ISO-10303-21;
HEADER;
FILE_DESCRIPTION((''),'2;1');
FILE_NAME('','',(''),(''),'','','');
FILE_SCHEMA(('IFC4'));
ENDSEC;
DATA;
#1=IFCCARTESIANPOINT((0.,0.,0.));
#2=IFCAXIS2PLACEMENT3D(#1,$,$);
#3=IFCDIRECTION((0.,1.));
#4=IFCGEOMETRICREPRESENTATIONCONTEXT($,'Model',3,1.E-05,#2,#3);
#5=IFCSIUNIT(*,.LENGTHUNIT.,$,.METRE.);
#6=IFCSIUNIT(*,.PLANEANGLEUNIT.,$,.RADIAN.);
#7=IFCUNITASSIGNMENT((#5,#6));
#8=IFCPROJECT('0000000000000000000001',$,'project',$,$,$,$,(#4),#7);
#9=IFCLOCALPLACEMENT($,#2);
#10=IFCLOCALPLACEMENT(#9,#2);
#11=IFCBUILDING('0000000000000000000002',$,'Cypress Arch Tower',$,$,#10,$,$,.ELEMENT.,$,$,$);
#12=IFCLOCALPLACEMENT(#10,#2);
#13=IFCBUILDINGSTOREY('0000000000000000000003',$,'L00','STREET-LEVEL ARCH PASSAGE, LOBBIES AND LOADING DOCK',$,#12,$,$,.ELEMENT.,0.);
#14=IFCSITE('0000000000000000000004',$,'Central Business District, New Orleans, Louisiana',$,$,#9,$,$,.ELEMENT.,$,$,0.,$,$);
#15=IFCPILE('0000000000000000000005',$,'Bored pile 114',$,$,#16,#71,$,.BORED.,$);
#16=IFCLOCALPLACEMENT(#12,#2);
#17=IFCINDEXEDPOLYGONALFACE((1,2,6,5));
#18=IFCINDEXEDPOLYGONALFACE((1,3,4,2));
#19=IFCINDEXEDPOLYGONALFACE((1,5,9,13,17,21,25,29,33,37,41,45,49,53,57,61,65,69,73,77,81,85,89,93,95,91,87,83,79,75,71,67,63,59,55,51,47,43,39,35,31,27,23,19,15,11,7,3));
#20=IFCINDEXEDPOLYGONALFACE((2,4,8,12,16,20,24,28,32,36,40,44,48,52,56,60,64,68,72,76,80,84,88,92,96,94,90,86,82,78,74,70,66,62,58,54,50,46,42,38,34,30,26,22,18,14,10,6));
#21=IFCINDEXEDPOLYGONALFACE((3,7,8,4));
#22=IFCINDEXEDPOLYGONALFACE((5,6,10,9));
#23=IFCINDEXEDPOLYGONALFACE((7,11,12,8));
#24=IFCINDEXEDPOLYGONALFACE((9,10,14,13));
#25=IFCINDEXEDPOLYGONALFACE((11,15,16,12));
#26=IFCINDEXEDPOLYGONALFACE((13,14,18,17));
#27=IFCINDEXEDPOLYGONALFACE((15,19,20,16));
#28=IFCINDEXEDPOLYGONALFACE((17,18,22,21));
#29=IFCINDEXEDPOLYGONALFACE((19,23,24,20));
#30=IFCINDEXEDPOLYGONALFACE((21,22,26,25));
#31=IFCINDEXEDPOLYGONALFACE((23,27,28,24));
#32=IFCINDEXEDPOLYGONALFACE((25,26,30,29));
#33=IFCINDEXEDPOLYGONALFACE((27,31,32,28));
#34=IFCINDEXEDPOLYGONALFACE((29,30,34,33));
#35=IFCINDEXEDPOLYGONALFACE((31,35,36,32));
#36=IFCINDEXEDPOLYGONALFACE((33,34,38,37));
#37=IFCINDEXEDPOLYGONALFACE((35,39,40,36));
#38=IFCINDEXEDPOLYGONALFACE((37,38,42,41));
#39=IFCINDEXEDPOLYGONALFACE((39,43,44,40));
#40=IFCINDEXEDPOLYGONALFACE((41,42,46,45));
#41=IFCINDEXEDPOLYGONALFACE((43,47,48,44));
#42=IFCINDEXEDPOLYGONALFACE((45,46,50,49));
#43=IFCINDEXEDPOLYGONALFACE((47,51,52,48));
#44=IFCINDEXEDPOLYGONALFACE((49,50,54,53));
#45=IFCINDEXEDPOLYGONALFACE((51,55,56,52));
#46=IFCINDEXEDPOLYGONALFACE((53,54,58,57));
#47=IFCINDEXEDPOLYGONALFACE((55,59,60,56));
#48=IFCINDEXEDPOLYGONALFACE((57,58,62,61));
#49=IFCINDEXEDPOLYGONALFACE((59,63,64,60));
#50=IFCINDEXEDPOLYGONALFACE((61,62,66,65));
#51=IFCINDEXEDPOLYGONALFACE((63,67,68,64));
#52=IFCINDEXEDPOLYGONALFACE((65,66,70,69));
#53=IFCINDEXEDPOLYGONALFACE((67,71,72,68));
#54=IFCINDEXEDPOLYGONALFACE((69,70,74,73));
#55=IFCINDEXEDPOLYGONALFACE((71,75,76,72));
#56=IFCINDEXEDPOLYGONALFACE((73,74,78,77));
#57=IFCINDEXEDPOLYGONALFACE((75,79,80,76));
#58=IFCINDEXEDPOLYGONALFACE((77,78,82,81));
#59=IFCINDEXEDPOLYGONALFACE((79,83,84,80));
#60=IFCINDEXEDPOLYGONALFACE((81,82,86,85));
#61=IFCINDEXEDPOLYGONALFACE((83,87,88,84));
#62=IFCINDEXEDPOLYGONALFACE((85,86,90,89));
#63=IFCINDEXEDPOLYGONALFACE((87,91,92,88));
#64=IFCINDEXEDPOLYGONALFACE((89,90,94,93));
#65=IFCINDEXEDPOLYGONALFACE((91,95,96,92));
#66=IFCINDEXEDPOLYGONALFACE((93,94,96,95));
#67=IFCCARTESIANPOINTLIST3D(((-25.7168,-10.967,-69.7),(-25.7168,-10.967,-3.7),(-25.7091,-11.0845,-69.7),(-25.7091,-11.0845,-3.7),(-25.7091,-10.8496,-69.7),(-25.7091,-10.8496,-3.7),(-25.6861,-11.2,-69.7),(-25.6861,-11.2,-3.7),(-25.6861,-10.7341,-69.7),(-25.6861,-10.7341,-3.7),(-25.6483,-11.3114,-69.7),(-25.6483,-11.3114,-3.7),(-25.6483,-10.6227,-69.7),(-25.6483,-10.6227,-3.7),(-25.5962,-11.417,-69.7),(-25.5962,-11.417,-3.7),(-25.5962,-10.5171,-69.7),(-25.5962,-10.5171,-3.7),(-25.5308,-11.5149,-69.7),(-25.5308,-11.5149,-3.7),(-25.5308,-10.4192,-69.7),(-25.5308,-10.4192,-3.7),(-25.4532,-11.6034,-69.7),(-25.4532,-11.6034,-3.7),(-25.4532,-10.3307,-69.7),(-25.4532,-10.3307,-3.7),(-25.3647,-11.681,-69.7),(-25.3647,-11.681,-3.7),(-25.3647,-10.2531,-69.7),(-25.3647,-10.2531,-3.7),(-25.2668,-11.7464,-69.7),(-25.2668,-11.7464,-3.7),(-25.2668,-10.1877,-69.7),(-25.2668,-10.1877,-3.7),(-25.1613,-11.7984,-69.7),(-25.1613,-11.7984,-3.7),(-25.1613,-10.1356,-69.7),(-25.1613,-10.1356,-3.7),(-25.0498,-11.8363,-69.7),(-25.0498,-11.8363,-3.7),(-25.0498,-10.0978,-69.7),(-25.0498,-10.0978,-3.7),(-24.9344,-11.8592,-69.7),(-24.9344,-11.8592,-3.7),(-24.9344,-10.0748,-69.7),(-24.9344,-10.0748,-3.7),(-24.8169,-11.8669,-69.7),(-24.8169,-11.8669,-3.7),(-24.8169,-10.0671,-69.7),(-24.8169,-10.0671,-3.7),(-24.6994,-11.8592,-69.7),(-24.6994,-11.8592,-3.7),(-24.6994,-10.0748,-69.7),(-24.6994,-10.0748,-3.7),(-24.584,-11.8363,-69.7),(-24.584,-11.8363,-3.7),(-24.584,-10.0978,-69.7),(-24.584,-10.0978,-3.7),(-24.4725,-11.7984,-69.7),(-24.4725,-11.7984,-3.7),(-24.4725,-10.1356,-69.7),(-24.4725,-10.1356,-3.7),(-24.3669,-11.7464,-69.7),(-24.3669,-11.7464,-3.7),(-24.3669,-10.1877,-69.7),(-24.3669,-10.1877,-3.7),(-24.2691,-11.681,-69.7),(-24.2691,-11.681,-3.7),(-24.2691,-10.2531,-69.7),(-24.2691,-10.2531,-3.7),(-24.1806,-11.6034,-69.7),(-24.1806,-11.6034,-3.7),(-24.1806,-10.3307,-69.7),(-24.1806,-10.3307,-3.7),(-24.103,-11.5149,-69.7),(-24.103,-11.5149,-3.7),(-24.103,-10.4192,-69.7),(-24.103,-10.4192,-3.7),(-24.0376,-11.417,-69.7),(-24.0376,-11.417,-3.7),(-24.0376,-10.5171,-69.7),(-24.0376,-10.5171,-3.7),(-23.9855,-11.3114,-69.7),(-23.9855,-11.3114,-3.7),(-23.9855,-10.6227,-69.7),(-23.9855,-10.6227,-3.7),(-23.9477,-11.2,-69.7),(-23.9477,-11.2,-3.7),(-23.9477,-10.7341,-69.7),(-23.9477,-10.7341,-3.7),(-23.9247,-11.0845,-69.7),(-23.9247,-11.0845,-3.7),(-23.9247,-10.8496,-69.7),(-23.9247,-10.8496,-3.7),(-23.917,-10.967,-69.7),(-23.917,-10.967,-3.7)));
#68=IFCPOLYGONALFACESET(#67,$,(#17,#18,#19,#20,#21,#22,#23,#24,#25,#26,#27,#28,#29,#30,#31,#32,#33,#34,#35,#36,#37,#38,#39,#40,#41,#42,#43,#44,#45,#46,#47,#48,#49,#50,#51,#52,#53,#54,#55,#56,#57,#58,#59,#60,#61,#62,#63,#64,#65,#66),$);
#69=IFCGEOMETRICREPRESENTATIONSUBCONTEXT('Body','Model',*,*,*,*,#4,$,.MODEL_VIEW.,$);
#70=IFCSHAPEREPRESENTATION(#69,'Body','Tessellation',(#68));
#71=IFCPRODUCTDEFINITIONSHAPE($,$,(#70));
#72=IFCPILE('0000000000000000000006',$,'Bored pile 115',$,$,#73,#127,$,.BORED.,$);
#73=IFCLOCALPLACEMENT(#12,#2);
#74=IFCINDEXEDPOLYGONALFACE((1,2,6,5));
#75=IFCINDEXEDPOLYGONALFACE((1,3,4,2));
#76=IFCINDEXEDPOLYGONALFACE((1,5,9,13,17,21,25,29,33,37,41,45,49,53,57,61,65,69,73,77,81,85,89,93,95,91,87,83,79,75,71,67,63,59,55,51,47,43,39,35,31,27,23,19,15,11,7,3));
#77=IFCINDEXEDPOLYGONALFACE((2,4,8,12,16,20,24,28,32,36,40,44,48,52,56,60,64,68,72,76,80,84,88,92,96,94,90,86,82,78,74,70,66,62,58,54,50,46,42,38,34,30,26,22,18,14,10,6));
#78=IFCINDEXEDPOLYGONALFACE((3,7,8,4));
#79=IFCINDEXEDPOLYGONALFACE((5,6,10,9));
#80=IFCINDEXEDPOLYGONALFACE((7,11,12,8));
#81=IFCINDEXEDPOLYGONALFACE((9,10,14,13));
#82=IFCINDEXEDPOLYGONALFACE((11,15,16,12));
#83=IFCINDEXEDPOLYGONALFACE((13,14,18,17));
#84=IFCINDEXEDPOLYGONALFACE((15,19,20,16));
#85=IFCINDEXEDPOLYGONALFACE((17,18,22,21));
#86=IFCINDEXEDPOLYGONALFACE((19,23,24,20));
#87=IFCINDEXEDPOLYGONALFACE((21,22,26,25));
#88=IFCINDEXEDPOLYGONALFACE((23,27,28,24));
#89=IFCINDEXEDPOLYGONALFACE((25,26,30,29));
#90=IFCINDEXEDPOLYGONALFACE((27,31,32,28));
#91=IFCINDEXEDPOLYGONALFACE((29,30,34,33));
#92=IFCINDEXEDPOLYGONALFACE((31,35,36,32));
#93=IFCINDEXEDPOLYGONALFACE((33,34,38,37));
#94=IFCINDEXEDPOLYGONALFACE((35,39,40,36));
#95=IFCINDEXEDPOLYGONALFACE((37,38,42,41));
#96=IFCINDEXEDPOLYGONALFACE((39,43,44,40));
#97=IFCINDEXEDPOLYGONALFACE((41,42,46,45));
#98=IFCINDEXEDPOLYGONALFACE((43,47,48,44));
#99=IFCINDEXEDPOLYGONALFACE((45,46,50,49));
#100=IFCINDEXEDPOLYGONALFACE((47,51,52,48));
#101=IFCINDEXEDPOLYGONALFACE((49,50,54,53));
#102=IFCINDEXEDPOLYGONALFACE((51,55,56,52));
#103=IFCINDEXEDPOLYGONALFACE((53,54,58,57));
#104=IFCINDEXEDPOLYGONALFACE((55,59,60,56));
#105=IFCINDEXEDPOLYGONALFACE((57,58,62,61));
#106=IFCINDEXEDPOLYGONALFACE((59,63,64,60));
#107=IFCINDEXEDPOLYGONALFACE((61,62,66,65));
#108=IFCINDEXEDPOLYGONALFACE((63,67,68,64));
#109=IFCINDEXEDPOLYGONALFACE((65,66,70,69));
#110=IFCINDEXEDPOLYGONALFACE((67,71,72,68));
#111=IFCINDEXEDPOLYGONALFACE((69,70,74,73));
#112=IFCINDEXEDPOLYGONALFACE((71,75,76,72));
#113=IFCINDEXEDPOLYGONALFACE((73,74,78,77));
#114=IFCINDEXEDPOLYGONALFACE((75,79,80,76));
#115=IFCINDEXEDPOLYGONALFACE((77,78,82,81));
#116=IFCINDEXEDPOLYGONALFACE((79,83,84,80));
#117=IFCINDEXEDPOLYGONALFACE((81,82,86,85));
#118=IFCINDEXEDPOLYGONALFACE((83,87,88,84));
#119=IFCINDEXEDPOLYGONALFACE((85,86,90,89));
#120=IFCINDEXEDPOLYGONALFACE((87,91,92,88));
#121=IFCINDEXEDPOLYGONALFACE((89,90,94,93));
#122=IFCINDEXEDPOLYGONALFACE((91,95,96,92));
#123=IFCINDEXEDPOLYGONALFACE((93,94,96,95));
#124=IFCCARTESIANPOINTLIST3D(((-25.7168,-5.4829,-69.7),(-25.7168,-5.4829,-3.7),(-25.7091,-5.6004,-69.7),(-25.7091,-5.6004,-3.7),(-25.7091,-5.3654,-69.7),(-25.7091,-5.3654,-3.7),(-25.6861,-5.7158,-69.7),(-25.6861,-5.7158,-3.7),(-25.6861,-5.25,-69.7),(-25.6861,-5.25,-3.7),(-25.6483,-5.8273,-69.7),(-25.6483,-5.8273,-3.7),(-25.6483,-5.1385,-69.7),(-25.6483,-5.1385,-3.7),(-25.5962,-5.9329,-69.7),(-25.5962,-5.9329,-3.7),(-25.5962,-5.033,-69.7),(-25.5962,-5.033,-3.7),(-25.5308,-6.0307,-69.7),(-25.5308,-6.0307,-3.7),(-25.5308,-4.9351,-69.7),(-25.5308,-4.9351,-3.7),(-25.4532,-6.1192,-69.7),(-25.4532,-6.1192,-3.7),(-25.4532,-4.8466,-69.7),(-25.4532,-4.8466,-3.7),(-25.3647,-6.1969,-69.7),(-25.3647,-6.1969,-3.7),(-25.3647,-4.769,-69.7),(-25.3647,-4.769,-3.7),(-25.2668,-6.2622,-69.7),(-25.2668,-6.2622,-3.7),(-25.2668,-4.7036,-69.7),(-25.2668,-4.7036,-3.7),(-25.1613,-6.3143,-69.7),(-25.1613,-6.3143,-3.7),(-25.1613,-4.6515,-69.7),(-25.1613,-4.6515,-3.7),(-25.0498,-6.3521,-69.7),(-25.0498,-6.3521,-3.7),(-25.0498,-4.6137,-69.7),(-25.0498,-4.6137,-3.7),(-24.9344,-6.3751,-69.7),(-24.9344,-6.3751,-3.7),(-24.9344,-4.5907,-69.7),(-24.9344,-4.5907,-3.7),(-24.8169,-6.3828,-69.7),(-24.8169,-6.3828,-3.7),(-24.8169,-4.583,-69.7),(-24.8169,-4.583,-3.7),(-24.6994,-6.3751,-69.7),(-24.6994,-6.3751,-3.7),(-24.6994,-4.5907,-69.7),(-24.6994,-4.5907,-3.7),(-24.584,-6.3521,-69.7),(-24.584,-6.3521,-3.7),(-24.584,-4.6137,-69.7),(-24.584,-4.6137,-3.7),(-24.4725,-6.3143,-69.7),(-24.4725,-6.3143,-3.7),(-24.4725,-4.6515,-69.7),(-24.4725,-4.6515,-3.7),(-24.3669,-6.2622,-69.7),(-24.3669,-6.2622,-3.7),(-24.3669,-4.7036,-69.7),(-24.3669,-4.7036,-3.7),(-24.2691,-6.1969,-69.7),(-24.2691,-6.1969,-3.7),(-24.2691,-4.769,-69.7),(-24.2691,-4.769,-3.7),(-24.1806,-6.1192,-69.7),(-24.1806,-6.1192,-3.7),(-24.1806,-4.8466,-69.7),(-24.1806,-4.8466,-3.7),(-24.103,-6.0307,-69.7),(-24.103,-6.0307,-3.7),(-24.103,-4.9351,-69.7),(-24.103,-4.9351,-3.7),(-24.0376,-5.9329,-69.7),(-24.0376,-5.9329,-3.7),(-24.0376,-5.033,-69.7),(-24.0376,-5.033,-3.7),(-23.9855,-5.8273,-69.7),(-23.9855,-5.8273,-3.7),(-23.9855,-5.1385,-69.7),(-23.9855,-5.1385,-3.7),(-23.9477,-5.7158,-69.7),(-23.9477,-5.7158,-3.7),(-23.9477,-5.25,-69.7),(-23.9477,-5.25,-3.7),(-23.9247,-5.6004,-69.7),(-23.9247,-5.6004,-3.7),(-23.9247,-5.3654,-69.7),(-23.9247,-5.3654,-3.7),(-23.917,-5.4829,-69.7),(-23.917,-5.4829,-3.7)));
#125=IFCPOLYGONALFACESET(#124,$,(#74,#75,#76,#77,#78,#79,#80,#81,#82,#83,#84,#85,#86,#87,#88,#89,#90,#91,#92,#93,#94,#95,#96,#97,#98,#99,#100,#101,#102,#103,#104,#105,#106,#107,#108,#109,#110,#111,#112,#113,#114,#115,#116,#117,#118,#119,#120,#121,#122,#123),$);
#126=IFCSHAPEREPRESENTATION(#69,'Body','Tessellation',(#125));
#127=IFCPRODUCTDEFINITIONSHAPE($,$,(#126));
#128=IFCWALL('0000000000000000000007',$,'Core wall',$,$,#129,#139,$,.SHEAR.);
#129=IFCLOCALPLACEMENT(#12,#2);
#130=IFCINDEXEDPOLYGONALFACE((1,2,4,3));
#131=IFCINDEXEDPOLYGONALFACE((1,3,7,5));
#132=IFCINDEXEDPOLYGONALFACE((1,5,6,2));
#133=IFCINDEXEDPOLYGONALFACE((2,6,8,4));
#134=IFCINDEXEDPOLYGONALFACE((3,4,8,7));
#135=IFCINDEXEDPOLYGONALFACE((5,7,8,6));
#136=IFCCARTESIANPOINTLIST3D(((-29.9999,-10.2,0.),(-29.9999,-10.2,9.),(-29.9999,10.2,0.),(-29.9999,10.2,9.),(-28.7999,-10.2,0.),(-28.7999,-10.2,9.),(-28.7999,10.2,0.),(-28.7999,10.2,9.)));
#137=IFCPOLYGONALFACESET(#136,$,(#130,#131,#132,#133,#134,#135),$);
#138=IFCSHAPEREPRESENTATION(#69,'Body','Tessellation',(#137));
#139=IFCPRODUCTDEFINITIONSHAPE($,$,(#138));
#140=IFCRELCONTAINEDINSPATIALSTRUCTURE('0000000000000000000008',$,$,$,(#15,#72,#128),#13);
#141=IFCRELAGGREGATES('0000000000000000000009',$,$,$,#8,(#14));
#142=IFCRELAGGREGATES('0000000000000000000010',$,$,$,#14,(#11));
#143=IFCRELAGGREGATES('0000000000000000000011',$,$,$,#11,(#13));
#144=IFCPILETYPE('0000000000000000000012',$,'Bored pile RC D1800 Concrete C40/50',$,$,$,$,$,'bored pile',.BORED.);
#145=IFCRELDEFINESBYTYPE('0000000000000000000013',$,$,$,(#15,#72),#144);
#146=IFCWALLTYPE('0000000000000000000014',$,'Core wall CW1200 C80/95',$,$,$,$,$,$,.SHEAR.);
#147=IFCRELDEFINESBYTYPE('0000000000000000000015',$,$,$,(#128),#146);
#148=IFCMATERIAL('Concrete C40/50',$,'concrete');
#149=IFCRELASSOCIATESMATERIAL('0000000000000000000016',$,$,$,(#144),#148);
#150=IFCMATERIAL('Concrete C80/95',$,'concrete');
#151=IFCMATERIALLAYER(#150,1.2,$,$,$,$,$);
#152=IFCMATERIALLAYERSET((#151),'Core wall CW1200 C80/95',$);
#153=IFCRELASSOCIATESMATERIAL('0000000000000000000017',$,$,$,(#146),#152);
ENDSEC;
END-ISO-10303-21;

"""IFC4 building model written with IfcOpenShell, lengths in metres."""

from ifc_helpers import new_model, si_unit, direction, frame, frame_2d, origin, origin_2d, place, context, subcontext, project, spatial, rectangle, circle, extrude, material, layer, layer_set, material_profile, profile_set, type_object, element, save


model = new_model("IFC4")

# Units and contexts
model_context = context("Model", 3, precision=1e-05, world=origin(), true_north=direction((0.0, 1.0)))
body_context = subcontext(model_context, "Body", "Model", "MODEL_VIEW")
ifc_project = project(units=[si_unit("LENGTHUNIT", "METRE"), si_unit("PLANEANGLEUNIT", "RADIAN")], contexts=[model_context])

# Site, building, storey
site_placement = place(None, origin())
site = spatial("IfcSite", under=ifc_project, at=site_placement, Name="Central Business District, New Orleans, Louisiana", CompositionType="ELEMENT", RefElevation=0.0)
building_placement = place(site_placement, origin())
building = spatial("IfcBuilding", under=site, at=building_placement, Name="Cypress Arch Tower", CompositionType="ELEMENT")
storey_placement = place(building_placement, origin())
storey = spatial("IfcBuildingStorey", under=building, at=storey_placement, Name="L00", Description="STREET-LEVEL ARCH PASSAGE, LOBBIES AND LOADING DOCK", CompositionType="ELEMENT", Elevation=0.0)

# Piles
ifc_material_1 = material(Name="Concrete C40/50", Category="concrete")
ifc_material_profile = material_profile(ifc_material_1, circle(Radius=0.8999, at=origin_2d()), Name="RC D1800")
ifc_profile_set = profile_set([ifc_material_profile], Name="Concrete C40/50")
pile_type = type_object("IfcPileType", Name="Bored pile RC D1800 Concrete C40/50", ElementType="bored pile", PredefinedType="BORED", material=ifc_profile_set)
for number, where, z_axis, x_axis, name in (
    (1, (-24.8169, -10.967, -3.7), (0.0, 0.0, -1.0), (1.0, 0.0, 0.0), "Bored pile 114"),
    (2, (-24.8169, -5.4829, -3.7), (0.0, 0.0, -1.0), (1.0, 0.0, 0.0), "Bored pile 115"),
):
    element("IfcPile", number, at=place(storey_placement, frame(where, z_axis=z_axis, x_axis=x_axis)), inside=storey, type_object=pile_type, Name=name, PredefinedType="BORED", context=body_context, shape_type="SweptSolid", body=[
        extrude(circle(Radius=0.8999, at=origin_2d()), origin(), (0.0, 0.0, 1.0), 66.0),
    ])

# Wall
ifc_material_2 = material(Name="Concrete C80/95", Category="concrete")
ifc_layer_1 = layer(ifc_material_2, 1.2)
ifc_layer_set_1 = layer_set([ifc_layer_1], Name="Core wall CW1200 C80/95")
wall_type_1 = type_object("IfcWallType", Name="Core wall CW1200 C80/95", PredefinedType="SHEAR", material=ifc_layer_set_1)
wall_1_placement = place(storey_placement, frame((-29.3999, -10.2, 0.0), z_axis=(0.0, 0.0, 1.0), x_axis=(0.0, 1.0, 0.0)))
element("IfcWall", 3, at=wall_1_placement, inside=storey, type_object=wall_type_1, Name="Core wall", PredefinedType="SHEAR", context=body_context, shape_type="SweptSolid", body=[
    extrude(rectangle(XDim=20.3999, YDim=1.2, at=frame_2d((10.2, 0.0))), origin(), (0.0, 0.0, 1.0), 9.0),
])

save(model, "model.ifc")
